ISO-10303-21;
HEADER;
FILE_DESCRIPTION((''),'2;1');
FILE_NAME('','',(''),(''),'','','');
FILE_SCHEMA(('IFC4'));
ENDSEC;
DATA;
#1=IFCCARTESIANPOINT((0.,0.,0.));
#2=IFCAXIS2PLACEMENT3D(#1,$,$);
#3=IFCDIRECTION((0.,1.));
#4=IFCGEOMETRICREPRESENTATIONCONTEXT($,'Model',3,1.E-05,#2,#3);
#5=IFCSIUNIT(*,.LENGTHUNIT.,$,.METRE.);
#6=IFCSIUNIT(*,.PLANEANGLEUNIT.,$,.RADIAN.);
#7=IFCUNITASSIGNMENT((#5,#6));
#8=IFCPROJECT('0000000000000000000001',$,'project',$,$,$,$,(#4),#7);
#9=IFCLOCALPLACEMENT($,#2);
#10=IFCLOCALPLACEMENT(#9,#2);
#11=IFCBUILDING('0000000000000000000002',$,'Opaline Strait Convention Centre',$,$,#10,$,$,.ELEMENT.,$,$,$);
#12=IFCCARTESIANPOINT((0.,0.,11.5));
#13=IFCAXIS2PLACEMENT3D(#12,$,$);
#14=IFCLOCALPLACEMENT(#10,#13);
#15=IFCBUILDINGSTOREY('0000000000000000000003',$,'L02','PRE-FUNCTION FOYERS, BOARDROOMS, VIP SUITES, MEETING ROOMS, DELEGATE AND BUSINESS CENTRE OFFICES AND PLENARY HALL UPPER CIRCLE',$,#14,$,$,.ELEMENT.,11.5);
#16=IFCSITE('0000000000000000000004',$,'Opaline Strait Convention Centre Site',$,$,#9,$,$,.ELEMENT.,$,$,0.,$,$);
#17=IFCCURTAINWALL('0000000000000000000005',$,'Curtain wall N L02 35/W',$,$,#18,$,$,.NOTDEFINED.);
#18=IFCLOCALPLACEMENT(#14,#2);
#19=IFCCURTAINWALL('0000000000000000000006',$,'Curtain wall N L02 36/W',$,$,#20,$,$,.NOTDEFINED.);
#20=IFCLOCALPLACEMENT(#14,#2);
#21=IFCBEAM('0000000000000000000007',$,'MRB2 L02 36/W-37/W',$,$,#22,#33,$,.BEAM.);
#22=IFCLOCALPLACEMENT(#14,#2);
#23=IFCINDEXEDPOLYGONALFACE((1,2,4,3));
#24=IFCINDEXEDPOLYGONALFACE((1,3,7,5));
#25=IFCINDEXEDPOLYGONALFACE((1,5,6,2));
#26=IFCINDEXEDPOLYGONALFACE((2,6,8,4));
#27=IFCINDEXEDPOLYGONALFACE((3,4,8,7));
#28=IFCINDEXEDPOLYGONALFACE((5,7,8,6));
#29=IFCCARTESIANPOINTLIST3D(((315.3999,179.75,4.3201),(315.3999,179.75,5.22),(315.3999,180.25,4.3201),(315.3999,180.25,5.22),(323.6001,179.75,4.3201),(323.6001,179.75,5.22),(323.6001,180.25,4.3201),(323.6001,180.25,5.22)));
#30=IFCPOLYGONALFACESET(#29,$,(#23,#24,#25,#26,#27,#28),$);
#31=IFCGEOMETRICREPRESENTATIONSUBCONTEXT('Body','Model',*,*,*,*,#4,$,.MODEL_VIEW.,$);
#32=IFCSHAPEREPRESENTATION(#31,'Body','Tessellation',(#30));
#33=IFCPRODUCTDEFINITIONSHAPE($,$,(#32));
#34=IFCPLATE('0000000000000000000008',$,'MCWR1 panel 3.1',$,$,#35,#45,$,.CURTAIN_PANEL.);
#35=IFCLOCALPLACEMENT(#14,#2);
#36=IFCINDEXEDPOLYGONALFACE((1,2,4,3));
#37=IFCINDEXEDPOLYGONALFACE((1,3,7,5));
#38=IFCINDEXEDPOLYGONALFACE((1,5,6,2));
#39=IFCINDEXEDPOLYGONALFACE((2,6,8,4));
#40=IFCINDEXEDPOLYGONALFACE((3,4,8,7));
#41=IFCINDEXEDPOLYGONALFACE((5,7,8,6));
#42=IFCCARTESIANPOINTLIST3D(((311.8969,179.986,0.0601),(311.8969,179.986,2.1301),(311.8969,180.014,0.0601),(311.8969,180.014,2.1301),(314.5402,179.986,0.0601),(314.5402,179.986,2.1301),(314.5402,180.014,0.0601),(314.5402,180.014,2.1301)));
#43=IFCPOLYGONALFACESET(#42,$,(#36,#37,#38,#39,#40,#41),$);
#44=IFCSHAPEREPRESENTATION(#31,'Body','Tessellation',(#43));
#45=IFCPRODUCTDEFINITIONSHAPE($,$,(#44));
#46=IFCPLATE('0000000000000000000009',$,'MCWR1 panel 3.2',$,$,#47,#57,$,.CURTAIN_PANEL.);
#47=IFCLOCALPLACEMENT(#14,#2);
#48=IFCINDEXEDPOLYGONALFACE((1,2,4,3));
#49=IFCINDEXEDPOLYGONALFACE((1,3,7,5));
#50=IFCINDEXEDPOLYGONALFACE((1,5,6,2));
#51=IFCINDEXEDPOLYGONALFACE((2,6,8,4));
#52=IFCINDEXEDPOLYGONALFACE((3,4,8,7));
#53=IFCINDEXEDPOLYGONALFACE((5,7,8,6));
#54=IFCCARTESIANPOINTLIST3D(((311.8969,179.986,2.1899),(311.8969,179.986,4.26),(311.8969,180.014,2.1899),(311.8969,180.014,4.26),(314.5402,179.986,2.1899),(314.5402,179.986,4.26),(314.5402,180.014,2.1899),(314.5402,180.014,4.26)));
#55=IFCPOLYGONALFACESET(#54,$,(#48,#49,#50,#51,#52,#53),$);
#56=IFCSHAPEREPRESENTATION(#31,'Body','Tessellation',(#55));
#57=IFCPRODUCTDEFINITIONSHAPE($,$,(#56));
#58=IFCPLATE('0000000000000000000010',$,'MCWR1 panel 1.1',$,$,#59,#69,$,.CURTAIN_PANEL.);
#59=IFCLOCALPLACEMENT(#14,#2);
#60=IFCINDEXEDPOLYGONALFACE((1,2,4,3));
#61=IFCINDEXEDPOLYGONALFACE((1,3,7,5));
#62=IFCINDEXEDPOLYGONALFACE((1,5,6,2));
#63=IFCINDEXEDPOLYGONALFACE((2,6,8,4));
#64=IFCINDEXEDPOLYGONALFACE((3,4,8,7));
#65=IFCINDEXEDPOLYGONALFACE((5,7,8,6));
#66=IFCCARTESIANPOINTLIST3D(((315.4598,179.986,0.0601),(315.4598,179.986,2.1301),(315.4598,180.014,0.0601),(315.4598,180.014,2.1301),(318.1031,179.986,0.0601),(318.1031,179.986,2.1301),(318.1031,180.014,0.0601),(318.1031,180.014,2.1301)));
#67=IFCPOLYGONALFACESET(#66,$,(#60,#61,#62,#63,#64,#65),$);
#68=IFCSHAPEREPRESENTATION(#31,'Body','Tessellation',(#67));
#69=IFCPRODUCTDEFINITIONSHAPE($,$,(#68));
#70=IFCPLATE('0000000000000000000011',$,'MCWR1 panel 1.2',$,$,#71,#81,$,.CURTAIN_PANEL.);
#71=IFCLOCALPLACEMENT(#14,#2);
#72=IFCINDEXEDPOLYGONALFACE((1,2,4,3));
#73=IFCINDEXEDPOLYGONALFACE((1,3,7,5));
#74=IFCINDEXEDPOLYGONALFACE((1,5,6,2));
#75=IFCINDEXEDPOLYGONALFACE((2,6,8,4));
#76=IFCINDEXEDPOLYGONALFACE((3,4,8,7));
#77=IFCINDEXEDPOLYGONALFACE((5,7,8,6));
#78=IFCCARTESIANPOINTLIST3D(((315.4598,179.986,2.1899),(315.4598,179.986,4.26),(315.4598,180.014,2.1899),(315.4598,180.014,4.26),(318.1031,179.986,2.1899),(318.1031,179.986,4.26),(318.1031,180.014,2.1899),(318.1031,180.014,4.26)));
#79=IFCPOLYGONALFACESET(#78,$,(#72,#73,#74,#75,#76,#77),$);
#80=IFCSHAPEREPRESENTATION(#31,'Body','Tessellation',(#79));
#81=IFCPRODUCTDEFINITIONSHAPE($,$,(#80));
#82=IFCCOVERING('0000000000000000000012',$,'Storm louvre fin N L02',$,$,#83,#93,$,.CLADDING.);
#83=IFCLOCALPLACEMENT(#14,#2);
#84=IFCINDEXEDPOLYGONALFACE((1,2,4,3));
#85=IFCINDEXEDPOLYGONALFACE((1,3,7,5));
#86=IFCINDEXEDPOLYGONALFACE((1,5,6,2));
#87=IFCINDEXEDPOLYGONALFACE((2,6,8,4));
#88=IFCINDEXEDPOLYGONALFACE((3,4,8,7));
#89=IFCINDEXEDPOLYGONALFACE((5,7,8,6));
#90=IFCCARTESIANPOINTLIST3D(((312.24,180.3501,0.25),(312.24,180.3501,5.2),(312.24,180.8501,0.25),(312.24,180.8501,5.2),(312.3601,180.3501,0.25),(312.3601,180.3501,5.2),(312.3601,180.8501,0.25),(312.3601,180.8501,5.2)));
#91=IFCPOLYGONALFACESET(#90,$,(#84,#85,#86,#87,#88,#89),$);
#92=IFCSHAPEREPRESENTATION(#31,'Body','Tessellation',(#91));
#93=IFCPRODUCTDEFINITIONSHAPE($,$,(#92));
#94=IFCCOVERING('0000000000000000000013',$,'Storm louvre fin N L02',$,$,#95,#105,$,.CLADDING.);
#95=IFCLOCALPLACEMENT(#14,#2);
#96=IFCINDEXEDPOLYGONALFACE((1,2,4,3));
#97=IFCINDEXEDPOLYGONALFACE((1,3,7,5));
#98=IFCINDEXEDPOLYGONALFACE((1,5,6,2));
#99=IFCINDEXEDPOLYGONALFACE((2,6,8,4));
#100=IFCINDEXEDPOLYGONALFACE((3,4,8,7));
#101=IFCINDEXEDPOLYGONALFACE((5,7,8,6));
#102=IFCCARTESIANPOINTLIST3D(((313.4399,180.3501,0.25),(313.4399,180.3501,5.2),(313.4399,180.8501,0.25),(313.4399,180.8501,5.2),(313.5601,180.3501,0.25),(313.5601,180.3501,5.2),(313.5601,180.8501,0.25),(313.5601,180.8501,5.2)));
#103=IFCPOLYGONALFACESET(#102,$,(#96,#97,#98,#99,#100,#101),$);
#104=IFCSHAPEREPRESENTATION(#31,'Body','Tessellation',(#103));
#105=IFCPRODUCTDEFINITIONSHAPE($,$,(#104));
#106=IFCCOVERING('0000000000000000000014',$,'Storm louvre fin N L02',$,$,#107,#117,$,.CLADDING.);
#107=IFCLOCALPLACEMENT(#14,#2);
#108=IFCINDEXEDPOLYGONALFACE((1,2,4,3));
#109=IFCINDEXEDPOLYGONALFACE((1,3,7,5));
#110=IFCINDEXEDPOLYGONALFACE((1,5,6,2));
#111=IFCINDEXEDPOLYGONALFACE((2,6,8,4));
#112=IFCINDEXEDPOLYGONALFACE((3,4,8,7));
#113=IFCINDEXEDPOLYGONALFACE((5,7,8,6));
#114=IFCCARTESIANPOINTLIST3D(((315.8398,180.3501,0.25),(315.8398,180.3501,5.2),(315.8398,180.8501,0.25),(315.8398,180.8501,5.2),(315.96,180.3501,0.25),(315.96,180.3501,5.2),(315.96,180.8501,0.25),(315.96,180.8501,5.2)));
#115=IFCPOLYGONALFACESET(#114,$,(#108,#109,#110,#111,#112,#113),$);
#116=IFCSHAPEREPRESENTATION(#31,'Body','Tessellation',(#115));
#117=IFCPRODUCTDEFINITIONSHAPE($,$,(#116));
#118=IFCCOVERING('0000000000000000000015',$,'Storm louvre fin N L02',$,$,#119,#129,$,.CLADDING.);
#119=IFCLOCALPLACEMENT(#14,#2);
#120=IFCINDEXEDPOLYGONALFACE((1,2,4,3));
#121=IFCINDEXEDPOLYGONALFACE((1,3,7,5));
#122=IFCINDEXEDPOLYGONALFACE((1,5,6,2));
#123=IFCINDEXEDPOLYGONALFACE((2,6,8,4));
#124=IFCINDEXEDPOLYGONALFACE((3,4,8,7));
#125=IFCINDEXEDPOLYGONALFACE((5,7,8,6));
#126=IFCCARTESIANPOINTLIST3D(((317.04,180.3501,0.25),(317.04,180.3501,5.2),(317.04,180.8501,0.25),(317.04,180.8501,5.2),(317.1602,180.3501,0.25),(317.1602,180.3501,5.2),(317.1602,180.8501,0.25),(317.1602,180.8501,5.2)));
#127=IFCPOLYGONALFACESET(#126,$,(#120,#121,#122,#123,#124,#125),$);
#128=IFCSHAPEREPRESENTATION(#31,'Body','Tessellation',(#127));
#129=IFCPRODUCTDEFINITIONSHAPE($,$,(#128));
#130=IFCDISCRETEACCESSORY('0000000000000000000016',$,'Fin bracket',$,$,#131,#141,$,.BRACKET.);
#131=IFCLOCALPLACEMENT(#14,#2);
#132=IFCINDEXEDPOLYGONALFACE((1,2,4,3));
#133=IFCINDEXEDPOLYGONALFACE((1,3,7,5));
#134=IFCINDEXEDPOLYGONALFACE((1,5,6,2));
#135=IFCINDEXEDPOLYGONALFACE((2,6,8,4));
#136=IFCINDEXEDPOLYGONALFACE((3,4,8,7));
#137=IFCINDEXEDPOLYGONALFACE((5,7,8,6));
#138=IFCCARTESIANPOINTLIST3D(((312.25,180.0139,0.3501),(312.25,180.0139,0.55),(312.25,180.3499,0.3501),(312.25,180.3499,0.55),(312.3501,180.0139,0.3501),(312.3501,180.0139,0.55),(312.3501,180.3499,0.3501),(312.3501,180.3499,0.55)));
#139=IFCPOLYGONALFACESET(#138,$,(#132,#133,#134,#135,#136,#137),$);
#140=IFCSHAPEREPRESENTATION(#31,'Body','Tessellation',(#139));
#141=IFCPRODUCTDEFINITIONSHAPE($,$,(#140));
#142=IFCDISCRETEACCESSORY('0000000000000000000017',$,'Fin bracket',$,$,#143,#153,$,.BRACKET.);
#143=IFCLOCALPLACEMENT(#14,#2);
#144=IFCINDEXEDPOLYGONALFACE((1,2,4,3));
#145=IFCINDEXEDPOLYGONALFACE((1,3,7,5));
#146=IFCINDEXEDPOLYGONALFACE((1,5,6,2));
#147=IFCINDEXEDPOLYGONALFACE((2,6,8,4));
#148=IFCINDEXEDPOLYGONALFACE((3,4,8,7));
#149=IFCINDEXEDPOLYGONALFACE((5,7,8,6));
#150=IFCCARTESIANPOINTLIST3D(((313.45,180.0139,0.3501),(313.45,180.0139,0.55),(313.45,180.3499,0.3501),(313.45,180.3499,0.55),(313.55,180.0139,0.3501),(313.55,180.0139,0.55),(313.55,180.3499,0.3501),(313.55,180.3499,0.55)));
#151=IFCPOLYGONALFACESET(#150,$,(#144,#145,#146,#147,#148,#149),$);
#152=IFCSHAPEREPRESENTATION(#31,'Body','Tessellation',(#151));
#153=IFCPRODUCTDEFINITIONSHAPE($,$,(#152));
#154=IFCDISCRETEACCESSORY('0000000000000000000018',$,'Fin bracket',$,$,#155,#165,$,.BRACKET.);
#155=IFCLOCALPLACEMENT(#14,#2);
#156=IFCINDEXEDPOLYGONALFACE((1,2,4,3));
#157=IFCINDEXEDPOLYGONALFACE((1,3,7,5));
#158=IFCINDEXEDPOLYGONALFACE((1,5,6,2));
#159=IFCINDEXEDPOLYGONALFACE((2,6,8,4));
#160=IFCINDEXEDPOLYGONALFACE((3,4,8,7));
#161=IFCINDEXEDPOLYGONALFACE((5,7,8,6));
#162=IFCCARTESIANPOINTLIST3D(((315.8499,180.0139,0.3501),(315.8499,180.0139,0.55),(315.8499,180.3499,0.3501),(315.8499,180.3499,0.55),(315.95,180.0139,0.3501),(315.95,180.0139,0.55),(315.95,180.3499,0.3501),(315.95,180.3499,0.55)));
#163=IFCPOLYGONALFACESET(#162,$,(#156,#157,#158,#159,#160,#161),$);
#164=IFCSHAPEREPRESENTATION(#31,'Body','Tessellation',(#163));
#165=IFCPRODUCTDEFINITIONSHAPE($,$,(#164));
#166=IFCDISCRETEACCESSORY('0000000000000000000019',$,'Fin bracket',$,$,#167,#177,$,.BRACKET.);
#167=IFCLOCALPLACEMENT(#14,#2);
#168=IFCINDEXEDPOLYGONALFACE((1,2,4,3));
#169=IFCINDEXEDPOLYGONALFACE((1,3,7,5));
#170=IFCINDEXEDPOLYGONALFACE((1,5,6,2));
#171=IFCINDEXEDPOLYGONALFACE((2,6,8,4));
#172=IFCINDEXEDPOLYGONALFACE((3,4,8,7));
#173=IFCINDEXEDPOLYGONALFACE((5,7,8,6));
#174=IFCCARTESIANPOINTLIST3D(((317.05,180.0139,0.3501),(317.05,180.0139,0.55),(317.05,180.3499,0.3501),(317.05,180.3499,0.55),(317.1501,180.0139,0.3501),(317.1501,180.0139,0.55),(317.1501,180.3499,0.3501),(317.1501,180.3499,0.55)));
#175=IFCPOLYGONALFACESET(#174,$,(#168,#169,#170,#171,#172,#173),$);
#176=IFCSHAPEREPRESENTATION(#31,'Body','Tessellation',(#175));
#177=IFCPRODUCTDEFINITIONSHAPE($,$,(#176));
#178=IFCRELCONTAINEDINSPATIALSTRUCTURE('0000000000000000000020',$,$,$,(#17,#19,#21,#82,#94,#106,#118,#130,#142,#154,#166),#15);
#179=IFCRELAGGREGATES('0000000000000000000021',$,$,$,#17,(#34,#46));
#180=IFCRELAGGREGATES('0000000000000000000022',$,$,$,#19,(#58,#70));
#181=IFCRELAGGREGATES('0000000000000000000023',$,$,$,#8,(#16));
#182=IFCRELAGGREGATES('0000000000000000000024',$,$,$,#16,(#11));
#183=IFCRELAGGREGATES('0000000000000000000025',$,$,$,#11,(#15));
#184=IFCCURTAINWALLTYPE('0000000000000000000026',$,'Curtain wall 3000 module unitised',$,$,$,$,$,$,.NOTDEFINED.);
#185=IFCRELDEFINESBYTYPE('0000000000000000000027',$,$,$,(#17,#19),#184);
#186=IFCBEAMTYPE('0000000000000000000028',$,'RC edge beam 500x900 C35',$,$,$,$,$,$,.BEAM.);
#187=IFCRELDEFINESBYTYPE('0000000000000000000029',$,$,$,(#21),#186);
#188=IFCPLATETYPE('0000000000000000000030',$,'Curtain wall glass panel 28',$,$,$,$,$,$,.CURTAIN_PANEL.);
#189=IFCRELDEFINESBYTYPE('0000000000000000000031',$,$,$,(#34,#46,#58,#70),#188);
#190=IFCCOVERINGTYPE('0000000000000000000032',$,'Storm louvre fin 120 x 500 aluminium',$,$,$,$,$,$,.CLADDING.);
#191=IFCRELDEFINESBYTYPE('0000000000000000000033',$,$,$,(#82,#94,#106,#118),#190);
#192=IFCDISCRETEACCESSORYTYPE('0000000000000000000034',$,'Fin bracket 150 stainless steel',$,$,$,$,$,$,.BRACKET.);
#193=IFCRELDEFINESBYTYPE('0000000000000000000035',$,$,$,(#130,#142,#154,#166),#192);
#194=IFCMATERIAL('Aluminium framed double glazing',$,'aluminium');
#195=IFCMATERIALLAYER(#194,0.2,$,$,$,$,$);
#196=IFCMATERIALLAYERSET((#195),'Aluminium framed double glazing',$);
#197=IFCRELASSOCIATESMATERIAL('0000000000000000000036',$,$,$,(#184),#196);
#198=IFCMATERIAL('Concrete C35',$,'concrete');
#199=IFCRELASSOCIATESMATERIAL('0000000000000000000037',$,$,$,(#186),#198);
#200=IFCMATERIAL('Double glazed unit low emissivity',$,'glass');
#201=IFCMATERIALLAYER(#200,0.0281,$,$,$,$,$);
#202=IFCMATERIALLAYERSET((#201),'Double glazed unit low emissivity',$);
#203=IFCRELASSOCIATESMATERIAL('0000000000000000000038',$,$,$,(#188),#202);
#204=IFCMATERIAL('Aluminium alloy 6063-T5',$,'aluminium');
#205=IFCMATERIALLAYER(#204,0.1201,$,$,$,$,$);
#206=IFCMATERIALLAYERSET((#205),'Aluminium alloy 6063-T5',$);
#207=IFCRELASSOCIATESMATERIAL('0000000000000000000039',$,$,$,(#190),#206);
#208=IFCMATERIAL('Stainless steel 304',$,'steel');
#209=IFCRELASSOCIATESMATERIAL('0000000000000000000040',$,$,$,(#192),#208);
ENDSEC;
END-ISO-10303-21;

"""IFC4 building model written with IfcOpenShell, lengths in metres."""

from ifc_helpers import new_model, si_unit, direction, frame, origin, origin_2d, place, context, subcontext, project, spatial, rectangle, extrude, material, layer, layer_set, material_profile, profile_set, type_object, element, aggregate, save


model = new_model("IFC4")

# Units and contexts
model_context = context("Model", 3, precision=1e-05, world=origin(), true_north=direction((0.0, 1.0)))
body_context = subcontext(model_context, "Body", "Model", "MODEL_VIEW")
ifc_project = project(units=[si_unit("LENGTHUNIT", "METRE"), si_unit("PLANEANGLEUNIT", "RADIAN")], contexts=[model_context])

# Site, building, storey
site_placement = place(None, origin())
site = spatial("IfcSite", under=ifc_project, at=site_placement, Name="Opaline Strait Convention Centre Site", CompositionType="ELEMENT", RefElevation=0.0)
building_placement = place(site_placement, origin())
building = spatial("IfcBuilding", under=site, at=building_placement, Name="Opaline Strait Convention Centre", CompositionType="ELEMENT")
storey_placement = place(building_placement, frame((0.0, 0.0, 11.5)))
storey = spatial("IfcBuildingStorey", under=building, at=storey_placement, Name="L02", Description="PRE-FUNCTION FOYERS, BOARDROOMS, VIP SUITES, MEETING ROOMS, DELEGATE AND BUSINESS CENTRE OFFICES AND PLENARY HALL UPPER CIRCLE", CompositionType="ELEMENT", Elevation=11.5)

# Curtain wall
ifc_material_1 = material(Name="Aluminium framed double glazing", Category="aluminium")
ifc_layer_1 = layer(ifc_material_1, 0.2)
ifc_layer_set_1 = layer_set([ifc_layer_1], Name="Aluminium framed double glazing")
curtain_wall_type = type_object("IfcCurtainWallType", Name="Curtain wall 3000 module unitised", PredefinedType="NOTDEFINED", material=ifc_layer_set_1)
curtain_wall_1_placement = place(storey_placement, origin())
curtain_wall_1 = element("IfcCurtainWall", 1, at=curtain_wall_1_placement, inside=storey, type_object=curtain_wall_type, Name="Curtain wall N L02 35/W", PredefinedType="NOTDEFINED")

# Curtain wall
curtain_wall_2_placement = place(storey_placement, origin())
curtain_wall_2 = element("IfcCurtainWall", 2, at=curtain_wall_2_placement, inside=storey, type_object=curtain_wall_type, Name="Curtain wall N L02 36/W", PredefinedType="NOTDEFINED")

# Beam
ifc_material_2 = material(Name="Concrete C35", Category="concrete")
ifc_material_profile_1 = material_profile(ifc_material_2, rectangle(XDim=0.5, YDim=0.8999, at=origin_2d()), Name="RC 500x900")
ifc_profile_set_1 = profile_set([ifc_material_profile_1], Name="Concrete C35")
beam_type = type_object("IfcBeamType", Name="RC edge beam 500x900 C35", PredefinedType="BEAM", material=ifc_profile_set_1)
beam_placement = place(storey_placement, frame((315.3999, 180.0, 4.77), z_axis=(1.0, 0.0, 0.0), x_axis=(0.0, 1.0, 0.0)))
element("IfcBeam", 3, at=beam_placement, inside=storey, type_object=beam_type, Name="MRB2 L02 36/W-37/W", PredefinedType="BEAM", context=body_context, shape_type="SweptSolid", body=[
    extrude(rectangle(XDim=0.5, YDim=0.8999, at=origin_2d()), origin(), (0.0, 0.0, 1.0), 8.2002),
])

# Plates
ifc_material_3 = material(Name="Double glazed unit low emissivity", Category="glass")
ifc_layer_2 = layer(ifc_material_3, 0.0281)
ifc_layer_set_2 = layer_set([ifc_layer_2], Name="Double glazed unit low emissivity")
plate_type = type_object("IfcPlateType", Name="Curtain wall glass panel 28", PredefinedType="CURTAIN_PANEL", material=ifc_layer_set_2)
plate_1_placement = place(storey_placement, frame((313.2185, 180.0, 0.0601), z_axis=(0.0, 0.0, 1.0), x_axis=(1.0, 0.0, 0.0)))
plate_1 = element("IfcPlate", 4, at=plate_1_placement, type_object=plate_type, Name="MCWR1 panel 3.1", PredefinedType="CURTAIN_PANEL", context=body_context, shape_type="SweptSolid", body=[
    extrude(rectangle(XDim=2.6433, YDim=0.0281, at=origin_2d()), origin(), (0.0, 0.0, 1.0), 2.0701),
])
plate_2_placement = place(storey_placement, frame((313.2185, 180.0, 2.1899), z_axis=(0.0, 0.0, 1.0), x_axis=(1.0, 0.0, 0.0)))
plate_2 = element("IfcPlate", 5, at=plate_2_placement, type_object=plate_type, Name="MCWR1 panel 3.2", PredefinedType="CURTAIN_PANEL", context=body_context, shape_type="SweptSolid", body=[
    extrude(rectangle(XDim=2.6433, YDim=0.0281, at=origin_2d()), origin(), (0.0, 0.0, 1.0), 2.0701),
])
aggregate(curtain_wall_1, [plate_1, plate_2])
plate_3_placement = place(storey_placement, frame((316.7815, 180.0, 0.0601), z_axis=(0.0, 0.0, 1.0), x_axis=(1.0, 0.0, 0.0)))
plate_3 = element("IfcPlate", 6, at=plate_3_placement, type_object=plate_type, Name="MCWR1 panel 1.1", PredefinedType="CURTAIN_PANEL", context=body_context, shape_type="SweptSolid", body=[
    extrude(rectangle(XDim=2.6433, YDim=0.0281, at=origin_2d()), origin(), (0.0, 0.0, 1.0), 2.0701),
])
plate_4_placement = place(storey_placement, frame((316.7815, 180.0, 2.1899), z_axis=(0.0, 0.0, 1.0), x_axis=(1.0, 0.0, 0.0)))
plate_4 = element("IfcPlate", 7, at=plate_4_placement, type_object=plate_type, Name="MCWR1 panel 1.2", PredefinedType="CURTAIN_PANEL", context=body_context, shape_type="SweptSolid", body=[
    extrude(rectangle(XDim=2.6433, YDim=0.0281, at=origin_2d()), origin(), (0.0, 0.0, 1.0), 2.0701),
])
aggregate(curtain_wall_2, [plate_3, plate_4])

# Coverings
ifc_material_4 = material(Name="Aluminium alloy 6063-T5", Category="aluminium")
ifc_layer_3 = layer(ifc_material_4, 0.1201)
ifc_layer_set_3 = layer_set([ifc_layer_3], Name="Aluminium alloy 6063-T5")
covering_type = type_object("IfcCoveringType", Name="Storm louvre fin 120 x 500 aluminium", PredefinedType="CLADDING", material=ifc_layer_set_3)
for number, where, z_axis, x_axis, name in (
    (8, (312.3, 180.6001, 0.25), (0.0, 0.0, 1.0), (1.0, 0.0, 0.0), "Storm louvre fin N L02"),
    (9, (313.5, 180.6001, 0.25), (0.0, 0.0, 1.0), (1.0, 0.0, 0.0), "Storm louvre fin N L02"),
    (10, (315.8999, 180.6001, 0.25), (0.0, 0.0, 1.0), (1.0, 0.0, 0.0), "Storm louvre fin N L02"),
    (11, (317.1001, 180.6001, 0.25), (0.0, 0.0, 1.0), (1.0, 0.0, 0.0), "Storm louvre fin N L02"),
):
    element("IfcCovering", number, at=place(storey_placement, frame(where, z_axis=z_axis, x_axis=x_axis)), inside=storey, type_object=covering_type, Name=name, PredefinedType="CLADDING", context=body_context, shape_type="SweptSolid", body=[
        extrude(rectangle(XDim=0.1201, YDim=0.5, at=origin_2d()), origin(), (0.0, 0.0, 1.0), 4.95),
    ])

# Discrete accessories
ifc_material_5 = material(Name="Stainless steel 304", Category="steel")
discrete_accessory_type = type_object("IfcDiscreteAccessoryType", Name="Fin bracket 150 stainless steel", PredefinedType="BRACKET", material=ifc_material_5)
for number, where, z_axis, x_axis, name in (
    (12, (312.3, 180.1819, 0.3501), (0.0, 0.0, 1.0), (1.0, 0.0, 0.0), "Fin bracket"),
    (13, (313.5, 180.1819, 0.3501), (0.0, 0.0, 1.0), (1.0, 0.0, 0.0), "Fin bracket"),
    (14, (315.8999, 180.1819, 0.3501), (0.0, 0.0, 1.0), (1.0, 0.0, 0.0), "Fin bracket"),
    (15, (317.1001, 180.1819, 0.3501), (0.0, 0.0, 1.0), (1.0, 0.0, 0.0), "Fin bracket"),
):
    element("IfcDiscreteAccessory", number, at=place(storey_placement, frame(where, z_axis=z_axis, x_axis=x_axis)), inside=storey, type_object=discrete_accessory_type, Name=name, PredefinedType="BRACKET", context=body_context, shape_type="SweptSolid", body=[
        extrude(rectangle(XDim=0.1001, YDim=0.3359, at=origin_2d()), origin(), (0.0, 0.0, 1.0), 0.2),
    ])

save(model, "model.ifc")
